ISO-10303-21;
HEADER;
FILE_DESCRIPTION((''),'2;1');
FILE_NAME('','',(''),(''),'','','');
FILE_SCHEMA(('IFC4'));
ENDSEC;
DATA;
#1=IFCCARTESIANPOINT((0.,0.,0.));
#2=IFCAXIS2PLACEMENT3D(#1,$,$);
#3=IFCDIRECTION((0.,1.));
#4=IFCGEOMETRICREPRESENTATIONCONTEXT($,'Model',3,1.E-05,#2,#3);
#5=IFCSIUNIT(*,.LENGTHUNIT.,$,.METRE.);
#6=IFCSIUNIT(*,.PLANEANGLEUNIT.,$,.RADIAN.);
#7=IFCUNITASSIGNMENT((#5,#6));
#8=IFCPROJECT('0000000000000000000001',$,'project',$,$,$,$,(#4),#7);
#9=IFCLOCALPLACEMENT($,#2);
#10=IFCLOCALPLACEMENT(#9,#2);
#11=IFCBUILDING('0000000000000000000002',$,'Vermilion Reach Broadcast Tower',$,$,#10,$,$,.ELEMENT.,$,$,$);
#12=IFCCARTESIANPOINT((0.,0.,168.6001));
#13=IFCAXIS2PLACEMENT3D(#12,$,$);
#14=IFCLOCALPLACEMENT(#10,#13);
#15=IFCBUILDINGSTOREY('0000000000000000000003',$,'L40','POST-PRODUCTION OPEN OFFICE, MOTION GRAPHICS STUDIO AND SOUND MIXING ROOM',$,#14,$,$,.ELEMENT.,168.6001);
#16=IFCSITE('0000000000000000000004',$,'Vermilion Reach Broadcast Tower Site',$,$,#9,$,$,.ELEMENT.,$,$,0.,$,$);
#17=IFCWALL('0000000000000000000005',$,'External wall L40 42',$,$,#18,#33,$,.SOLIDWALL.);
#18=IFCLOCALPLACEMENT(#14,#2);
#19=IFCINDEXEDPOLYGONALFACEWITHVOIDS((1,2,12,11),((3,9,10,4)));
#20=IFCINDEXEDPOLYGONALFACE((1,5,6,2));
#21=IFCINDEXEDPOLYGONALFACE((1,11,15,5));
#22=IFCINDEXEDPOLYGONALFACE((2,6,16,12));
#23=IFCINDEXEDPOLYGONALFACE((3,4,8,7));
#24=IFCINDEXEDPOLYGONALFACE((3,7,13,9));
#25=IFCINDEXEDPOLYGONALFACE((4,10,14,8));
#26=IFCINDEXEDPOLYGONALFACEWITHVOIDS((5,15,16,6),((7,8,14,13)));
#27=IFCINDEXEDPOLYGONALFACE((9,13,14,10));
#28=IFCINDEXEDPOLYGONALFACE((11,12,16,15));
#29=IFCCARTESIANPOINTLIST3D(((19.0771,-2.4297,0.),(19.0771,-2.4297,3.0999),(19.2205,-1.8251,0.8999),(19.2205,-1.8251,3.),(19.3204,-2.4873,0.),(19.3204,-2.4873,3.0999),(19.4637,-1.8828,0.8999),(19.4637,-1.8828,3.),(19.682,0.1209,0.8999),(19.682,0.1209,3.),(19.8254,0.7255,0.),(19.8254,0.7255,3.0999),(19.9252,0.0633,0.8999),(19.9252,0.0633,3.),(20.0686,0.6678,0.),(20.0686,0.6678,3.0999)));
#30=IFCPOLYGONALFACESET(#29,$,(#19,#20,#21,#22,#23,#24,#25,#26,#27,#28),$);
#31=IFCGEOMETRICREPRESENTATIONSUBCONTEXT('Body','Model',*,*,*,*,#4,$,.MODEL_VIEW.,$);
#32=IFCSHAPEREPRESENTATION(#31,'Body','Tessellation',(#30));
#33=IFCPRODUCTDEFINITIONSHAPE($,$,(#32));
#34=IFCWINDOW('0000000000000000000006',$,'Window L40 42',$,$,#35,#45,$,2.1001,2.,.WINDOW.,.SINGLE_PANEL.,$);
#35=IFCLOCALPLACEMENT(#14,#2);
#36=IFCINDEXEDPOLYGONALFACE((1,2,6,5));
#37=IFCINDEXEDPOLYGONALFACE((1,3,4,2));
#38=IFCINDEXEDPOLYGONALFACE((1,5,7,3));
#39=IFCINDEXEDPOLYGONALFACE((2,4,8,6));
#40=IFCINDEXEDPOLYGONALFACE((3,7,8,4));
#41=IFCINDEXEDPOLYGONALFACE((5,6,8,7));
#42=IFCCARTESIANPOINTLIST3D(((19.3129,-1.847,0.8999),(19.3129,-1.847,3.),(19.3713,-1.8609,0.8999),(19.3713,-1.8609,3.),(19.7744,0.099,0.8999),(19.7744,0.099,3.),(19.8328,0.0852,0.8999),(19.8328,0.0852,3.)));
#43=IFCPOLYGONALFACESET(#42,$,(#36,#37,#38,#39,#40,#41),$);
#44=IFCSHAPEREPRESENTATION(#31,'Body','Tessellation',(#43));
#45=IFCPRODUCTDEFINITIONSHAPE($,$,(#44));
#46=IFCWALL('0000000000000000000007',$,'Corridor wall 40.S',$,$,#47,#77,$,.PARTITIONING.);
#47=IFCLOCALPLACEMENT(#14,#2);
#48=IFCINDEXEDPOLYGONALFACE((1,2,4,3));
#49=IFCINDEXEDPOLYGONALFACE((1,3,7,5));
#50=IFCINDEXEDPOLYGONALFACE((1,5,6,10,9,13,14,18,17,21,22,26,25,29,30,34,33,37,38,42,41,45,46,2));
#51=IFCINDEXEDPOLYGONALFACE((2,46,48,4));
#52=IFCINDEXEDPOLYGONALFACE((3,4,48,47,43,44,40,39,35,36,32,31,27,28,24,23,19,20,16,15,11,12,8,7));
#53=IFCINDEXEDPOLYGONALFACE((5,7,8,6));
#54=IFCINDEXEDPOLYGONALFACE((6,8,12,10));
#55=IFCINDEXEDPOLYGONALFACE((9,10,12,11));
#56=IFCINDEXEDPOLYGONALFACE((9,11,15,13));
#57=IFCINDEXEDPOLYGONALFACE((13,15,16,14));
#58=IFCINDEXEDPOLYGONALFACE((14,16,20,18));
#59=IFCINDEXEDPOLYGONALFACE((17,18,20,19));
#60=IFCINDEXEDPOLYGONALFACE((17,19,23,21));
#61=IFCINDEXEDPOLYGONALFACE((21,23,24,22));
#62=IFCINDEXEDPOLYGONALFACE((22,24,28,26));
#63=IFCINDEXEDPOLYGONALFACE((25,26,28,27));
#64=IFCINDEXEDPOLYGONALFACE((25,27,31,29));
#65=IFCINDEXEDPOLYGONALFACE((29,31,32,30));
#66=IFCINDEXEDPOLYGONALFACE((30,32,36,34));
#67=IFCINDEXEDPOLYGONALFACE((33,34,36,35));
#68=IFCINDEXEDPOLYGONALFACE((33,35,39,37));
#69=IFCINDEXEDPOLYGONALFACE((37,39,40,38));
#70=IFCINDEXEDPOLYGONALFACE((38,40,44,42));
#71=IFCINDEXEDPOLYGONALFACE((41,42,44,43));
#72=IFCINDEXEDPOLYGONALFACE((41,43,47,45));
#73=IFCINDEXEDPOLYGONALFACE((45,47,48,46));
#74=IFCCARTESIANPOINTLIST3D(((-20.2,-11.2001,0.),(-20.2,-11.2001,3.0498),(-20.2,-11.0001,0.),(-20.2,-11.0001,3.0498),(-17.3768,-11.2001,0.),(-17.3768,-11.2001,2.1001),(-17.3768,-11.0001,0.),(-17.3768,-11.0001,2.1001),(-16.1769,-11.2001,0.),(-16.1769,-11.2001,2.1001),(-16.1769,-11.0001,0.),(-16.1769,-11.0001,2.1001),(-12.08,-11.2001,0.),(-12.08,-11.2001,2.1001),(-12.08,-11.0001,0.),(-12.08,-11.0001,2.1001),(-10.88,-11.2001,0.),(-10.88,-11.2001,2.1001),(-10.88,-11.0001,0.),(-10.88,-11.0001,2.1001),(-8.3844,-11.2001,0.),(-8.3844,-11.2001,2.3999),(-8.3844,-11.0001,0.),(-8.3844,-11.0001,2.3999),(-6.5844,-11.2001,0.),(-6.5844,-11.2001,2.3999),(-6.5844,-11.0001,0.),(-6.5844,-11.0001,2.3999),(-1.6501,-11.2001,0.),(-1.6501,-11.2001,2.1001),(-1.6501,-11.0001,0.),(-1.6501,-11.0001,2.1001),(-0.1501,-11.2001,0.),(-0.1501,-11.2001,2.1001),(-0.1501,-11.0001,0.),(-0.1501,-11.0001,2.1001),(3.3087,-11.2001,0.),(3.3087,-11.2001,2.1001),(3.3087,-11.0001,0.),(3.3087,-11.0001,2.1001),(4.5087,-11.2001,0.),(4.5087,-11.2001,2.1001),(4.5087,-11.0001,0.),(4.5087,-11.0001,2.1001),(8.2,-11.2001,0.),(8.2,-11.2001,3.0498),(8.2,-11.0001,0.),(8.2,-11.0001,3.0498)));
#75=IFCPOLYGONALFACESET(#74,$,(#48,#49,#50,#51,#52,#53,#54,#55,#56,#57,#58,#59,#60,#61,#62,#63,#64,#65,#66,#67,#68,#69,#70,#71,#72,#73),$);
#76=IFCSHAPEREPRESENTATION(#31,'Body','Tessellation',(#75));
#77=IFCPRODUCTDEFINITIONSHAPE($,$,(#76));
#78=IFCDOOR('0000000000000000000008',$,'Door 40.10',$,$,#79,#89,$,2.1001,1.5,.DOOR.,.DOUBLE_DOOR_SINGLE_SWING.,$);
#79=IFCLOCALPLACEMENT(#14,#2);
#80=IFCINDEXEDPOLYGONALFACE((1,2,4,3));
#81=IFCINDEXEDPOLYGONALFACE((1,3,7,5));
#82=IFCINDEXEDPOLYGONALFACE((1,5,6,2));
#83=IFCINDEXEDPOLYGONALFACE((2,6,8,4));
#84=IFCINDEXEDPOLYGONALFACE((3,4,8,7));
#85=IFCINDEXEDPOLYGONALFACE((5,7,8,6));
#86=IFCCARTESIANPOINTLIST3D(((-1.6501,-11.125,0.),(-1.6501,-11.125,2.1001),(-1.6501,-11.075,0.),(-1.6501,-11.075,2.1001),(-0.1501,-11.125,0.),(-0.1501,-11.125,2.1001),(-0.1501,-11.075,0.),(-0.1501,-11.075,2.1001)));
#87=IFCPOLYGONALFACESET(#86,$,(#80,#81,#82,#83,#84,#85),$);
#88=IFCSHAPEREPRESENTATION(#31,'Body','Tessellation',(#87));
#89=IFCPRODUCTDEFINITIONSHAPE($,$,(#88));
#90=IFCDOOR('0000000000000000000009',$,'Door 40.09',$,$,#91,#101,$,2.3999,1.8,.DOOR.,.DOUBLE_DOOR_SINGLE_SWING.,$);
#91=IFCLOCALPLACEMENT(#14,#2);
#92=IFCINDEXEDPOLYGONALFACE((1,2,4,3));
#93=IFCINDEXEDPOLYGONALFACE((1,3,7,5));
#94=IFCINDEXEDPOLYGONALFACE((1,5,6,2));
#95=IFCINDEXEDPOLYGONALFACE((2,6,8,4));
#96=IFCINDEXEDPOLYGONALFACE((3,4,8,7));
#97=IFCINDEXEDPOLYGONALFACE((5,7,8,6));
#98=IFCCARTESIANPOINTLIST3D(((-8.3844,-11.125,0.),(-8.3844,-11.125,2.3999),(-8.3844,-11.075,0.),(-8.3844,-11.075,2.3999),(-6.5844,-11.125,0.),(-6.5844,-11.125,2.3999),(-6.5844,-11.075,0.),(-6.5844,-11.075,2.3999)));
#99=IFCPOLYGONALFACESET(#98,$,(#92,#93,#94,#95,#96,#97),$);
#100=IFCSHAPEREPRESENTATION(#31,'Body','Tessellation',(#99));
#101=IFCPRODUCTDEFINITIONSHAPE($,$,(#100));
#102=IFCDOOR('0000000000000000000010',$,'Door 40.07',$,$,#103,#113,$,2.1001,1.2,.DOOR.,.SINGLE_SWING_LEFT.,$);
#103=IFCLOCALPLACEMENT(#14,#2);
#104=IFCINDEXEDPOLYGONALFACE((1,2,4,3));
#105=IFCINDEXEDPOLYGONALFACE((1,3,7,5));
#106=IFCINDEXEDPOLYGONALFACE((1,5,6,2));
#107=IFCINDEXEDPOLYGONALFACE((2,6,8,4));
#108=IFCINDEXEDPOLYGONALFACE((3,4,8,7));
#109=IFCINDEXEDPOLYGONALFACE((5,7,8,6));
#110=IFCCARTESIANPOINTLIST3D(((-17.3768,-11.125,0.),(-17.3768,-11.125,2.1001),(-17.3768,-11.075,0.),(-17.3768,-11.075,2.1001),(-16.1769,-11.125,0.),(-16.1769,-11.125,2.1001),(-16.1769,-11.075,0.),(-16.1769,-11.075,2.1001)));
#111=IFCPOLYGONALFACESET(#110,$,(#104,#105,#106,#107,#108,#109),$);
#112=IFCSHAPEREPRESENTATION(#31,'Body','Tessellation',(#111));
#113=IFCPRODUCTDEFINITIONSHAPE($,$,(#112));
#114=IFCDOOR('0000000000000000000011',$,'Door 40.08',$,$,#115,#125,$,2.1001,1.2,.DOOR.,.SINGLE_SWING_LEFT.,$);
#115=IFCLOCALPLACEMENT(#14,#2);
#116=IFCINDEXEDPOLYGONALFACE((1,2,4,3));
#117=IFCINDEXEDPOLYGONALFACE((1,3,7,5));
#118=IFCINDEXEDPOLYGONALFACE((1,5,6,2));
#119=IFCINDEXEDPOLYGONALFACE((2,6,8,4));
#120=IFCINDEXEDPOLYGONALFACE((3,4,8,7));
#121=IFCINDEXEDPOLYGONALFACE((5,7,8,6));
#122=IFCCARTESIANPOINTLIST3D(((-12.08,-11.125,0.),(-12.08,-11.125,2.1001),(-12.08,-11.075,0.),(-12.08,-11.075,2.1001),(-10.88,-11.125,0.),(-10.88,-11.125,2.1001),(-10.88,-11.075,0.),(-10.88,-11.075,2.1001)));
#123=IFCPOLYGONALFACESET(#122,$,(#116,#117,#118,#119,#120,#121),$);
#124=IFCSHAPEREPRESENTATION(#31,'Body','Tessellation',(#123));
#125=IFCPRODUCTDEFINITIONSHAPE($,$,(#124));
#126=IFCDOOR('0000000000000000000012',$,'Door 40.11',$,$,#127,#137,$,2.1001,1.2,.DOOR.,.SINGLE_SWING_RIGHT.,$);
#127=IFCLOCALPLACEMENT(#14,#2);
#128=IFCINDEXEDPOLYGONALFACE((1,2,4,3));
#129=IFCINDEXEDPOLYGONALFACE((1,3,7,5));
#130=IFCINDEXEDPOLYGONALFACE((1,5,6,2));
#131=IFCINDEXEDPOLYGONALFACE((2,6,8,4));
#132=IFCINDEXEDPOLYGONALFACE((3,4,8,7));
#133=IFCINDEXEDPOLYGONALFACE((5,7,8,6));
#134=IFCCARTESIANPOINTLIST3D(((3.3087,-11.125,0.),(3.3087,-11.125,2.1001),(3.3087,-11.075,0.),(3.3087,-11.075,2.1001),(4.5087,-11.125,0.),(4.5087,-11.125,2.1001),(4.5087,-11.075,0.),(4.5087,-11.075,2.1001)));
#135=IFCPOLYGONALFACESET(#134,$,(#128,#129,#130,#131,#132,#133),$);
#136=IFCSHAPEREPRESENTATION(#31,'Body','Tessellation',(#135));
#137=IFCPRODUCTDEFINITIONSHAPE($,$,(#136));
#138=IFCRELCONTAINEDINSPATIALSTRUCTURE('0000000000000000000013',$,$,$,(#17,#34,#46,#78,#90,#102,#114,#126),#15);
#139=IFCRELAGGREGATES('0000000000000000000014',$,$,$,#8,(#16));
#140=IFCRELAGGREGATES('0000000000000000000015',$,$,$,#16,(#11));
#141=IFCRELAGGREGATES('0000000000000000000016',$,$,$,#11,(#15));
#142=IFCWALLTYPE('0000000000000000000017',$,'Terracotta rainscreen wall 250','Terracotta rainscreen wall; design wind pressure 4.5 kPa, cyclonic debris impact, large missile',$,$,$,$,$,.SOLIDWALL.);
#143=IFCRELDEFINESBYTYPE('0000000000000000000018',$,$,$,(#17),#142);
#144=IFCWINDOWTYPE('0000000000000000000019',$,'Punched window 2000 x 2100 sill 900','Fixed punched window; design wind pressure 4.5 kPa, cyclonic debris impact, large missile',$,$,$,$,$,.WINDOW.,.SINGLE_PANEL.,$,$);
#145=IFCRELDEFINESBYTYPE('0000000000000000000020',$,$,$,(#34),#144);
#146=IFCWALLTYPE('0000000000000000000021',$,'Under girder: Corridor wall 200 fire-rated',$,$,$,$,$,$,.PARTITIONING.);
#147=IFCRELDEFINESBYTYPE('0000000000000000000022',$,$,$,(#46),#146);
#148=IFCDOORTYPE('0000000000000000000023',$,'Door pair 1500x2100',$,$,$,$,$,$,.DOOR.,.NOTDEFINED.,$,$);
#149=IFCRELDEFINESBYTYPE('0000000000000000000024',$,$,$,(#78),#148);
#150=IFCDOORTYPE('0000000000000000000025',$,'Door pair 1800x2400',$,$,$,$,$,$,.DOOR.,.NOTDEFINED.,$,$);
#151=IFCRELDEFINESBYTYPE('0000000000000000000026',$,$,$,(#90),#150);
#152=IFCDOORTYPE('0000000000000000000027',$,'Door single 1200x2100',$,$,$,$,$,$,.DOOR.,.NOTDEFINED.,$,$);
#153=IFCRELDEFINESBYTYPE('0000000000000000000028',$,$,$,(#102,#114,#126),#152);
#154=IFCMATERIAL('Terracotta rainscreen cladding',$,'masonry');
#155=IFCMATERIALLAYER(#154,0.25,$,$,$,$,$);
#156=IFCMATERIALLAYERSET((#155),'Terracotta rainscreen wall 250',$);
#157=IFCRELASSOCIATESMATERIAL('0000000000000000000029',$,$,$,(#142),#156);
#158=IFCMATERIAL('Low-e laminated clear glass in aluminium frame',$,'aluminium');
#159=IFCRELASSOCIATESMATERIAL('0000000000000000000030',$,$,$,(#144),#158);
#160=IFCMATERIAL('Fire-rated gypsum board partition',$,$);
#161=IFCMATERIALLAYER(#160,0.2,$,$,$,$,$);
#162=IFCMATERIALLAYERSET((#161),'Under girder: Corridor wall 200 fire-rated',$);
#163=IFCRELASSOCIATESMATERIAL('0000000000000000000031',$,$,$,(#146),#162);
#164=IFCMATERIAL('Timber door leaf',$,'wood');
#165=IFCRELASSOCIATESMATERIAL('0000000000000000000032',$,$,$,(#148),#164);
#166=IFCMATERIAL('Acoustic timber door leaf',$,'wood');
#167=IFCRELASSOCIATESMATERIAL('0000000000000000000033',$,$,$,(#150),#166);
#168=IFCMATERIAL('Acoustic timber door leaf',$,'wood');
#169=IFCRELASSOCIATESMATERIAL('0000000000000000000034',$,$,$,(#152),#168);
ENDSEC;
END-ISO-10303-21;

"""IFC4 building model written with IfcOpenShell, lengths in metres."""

from ifc_helpers import new_model, si_unit, direction, frame, frame_2d, origin, place, context, subcontext, project, spatial, rectangle, extrude, material, layer, layer_set, type_object, element, fill, save


model = new_model("IFC4")

# Units and contexts
model_context = context("Model", 3, precision=1e-05, world=origin(), true_north=direction((0.0, 1.0)))
body_context = subcontext(model_context, "Body", "Model", "MODEL_VIEW")
ifc_project = project(units=[si_unit("LENGTHUNIT", "METRE"), si_unit("PLANEANGLEUNIT", "RADIAN")], contexts=[model_context])

# Site, building, storey
site_placement = place(None, origin())
site = spatial("IfcSite", under=ifc_project, at=site_placement, Name="Vermilion Reach Broadcast Tower Site", CompositionType="ELEMENT", RefElevation=0.0)
building_placement = place(site_placement, origin())
building = spatial("IfcBuilding", under=site, at=building_placement, Name="Vermilion Reach Broadcast Tower", CompositionType="ELEMENT")
storey_placement = place(building_placement, frame((0.0, 0.0, 168.6001)))
storey = spatial("IfcBuildingStorey", under=building, at=storey_placement, Name="L40", Description="POST-PRODUCTION OPEN OFFICE, MOTION GRAPHICS STUDIO AND SOUND MIXING ROOM", CompositionType="ELEMENT", Elevation=168.6001)

# Shared definitions
ifc_material_1 = material(Name="Terracotta rainscreen cladding", Category="masonry")
ifc_layer_1 = layer(ifc_material_1, 0.25)
ifc_layer_set_1 = layer_set([ifc_layer_1], Name="Terracotta rainscreen wall 250")
wall_type_1 = type_object("IfcWallType", Name="Terracotta rainscreen wall 250", Description="Terracotta rainscreen wall; design wind pressure 4.5 kPa, cyclonic debris impact, large missile", PredefinedType="SOLIDWALL", material=ifc_layer_set_1)

# Wall, opening, window
ifc_material_2 = material(Name="Low-e laminated clear glass in aluminium frame", Category="aluminium")
window_type = type_object("IfcWindowType", Name="Punched window 2000 x 2100 sill 900", Description="Fixed punched window; design wind pressure 4.5 kPa, cyclonic debris impact, large missile", PartitioningType="SINGLE_PANEL", PredefinedType="WINDOW", material=ifc_material_2)
wall_1_placement = place(storey_placement, frame((19.1987, -2.4585, 0.0), z_axis=(0.0, 0.0, 1.0), x_axis=(0.230755, 0.973012, 0.0)))
wall_1 = element("IfcWall", 1, at=wall_1_placement, inside=storey, type_object=wall_type_1, Name="External wall L40 42", PredefinedType="SOLIDWALL", context=body_context, shape_type="SweptSolid", body=[
    extrude(rectangle(XDim=3.2427, YDim=0.25, at=frame_2d((1.6213, 0.0))), origin(), (0.0, 0.0, 1.0), 3.0999),
])
opening_1_placement = place(wall_1_placement, frame((0.6213, 0.0, 0.8999)))
opening_1 = element("IfcOpeningElement", 2, at=opening_1_placement, cuts=wall_1, PredefinedType="OPENING", context=body_context, shape_type="SweptSolid", body=[
    extrude(rectangle(XDim=2.0, YDim=2.1001, at=frame_2d((1.0, 1.05))), frame((0.0, 0.135, 0.0), z_axis=(0.0, -1.0, 0.0), x_axis=(1.0, 0.0, 0.0)), (0.0, 0.0, 1.0), 0.27),
])
window_1_placement = place(opening_1_placement, origin())
window_1 = element("IfcWindow", 3, at=window_1_placement, inside=storey, type_object=window_type, Name="Window L40 42", OverallHeight=2.1001, OverallWidth=2.0, PartitioningType="SINGLE_PANEL", PredefinedType="WINDOW", context=body_context, shape_type="SweptSolid", body=[
    extrude(rectangle(XDim=2.0, YDim=2.1001, at=frame_2d((1.0, 1.05))), frame((0.0, 0.03, 0.0), z_axis=(0.0, -1.0, 0.0), x_axis=(1.0, 0.0, 0.0)), (0.0, 0.0, 1.0), 0.0601),
])
fill(opening_1, window_1)

# Wall, openings, doors
ifc_material_3 = material(Name="Fire-rated gypsum board partition")
ifc_layer_2 = layer(ifc_material_3, 0.2)
ifc_layer_set_2 = layer_set([ifc_layer_2], Name="Under girder: Corridor wall 200 fire-rated")
wall_type_2 = type_object("IfcWallType", Name="Under girder: Corridor wall 200 fire-rated", PredefinedType="PARTITIONING", material=ifc_layer_set_2)
wall_2_placement = place(storey_placement, frame((8.2, -11.1001, 0.0), z_axis=(0.0, 0.0, 1.0), x_axis=(-1.0, 0.0, 0.0)))
wall_2 = element("IfcWall", 4, at=wall_2_placement, inside=storey, type_object=wall_type_2, Name="Corridor wall 40.S", PredefinedType="PARTITIONING", context=body_context, shape_type="SweptSolid", body=[
    extrude(rectangle(XDim=28.3999, YDim=0.2, at=frame_2d((14.2, 0.0))), origin(), (0.0, 0.0, 1.0), 3.0498),
])
opening_2_placement = place(wall_2_placement, frame((24.3767, 0.0, 0.0)))
opening_2 = element("IfcOpeningElement", 5, at=opening_2_placement, cuts=wall_2, PredefinedType="OPENING", context=body_context, shape_type="SweptSolid", body=[
    extrude(rectangle(XDim=1.2, YDim=2.1001, at=frame_2d((0.6001, 1.05))), frame((0.0, 0.1099, 0.0), z_axis=(0.0, -1.0, 0.0), x_axis=(1.0, 0.0, 0.0)), (0.0, 0.0, 1.0), 0.22),
])
opening_3_placement = place(wall_2_placement, frame((19.0798, 0.0, 0.0)))
opening_3 = element("IfcOpeningElement", 6, at=opening_3_placement, cuts=wall_2, PredefinedType="OPENING", context=body_context, shape_type="SweptSolid", body=[
    extrude(rectangle(XDim=1.2, YDim=2.1001, at=frame_2d((0.6001, 1.05))), frame((0.0, 0.1099, 0.0), z_axis=(0.0, -1.0, 0.0), x_axis=(1.0, 0.0, 0.0)), (0.0, 0.0, 1.0), 0.22),
])
opening_4_placement = place(wall_2_placement, frame((14.7844, 0.0, 0.0)))
opening_4 = element("IfcOpeningElement", 7, at=opening_4_placement, cuts=wall_2, PredefinedType="OPENING", context=body_context, shape_type="SweptSolid", body=[
    extrude(rectangle(XDim=1.8, YDim=2.3999, at=frame_2d((0.8999, 1.2))), frame((0.0, 0.1099, 0.0), z_axis=(0.0, -1.0, 0.0), x_axis=(1.0, 0.0, 0.0)), (0.0, 0.0, 1.0), 0.22),
])
opening_5_placement = place(wall_2_placement, frame((8.3501, 0.0, 0.0)))
opening_5 = element("IfcOpeningElement", 8, at=opening_5_placement, cuts=wall_2, PredefinedType="OPENING", context=body_context, shape_type="SweptSolid", body=[
    extrude(rectangle(XDim=1.5, YDim=2.1001, at=frame_2d((0.75, 1.05))), frame((0.0, 0.1099, 0.0), z_axis=(0.0, -1.0, 0.0), x_axis=(1.0, 0.0, 0.0)), (0.0, 0.0, 1.0), 0.22),
])
opening_6_placement = place(wall_2_placement, frame((3.6912, 0.0, 0.0)))
opening_6 = element("IfcOpeningElement", 9, at=opening_6_placement, cuts=wall_2, PredefinedType="OPENING", context=body_context, shape_type="SweptSolid", body=[
    extrude(rectangle(XDim=1.2, YDim=2.1001, at=frame_2d((0.6001, 1.05))), frame((0.0, 0.1099, 0.0), z_axis=(0.0, -1.0, 0.0), x_axis=(1.0, 0.0, 0.0)), (0.0, 0.0, 1.0), 0.22),
])
ifc_material_4 = material(Name="Timber door leaf", Category="wood")
door_type_1 = type_object("IfcDoorType", Name="Door pair 1500x2100", OperationType="NOTDEFINED", PredefinedType="DOOR", material=ifc_material_4)
door_1_placement = place(opening_5_placement, origin())
door_1 = element("IfcDoor", 10, at=door_1_placement, inside=storey, type_object=door_type_1, Name="Door 40.10", OperationType="DOUBLE_DOOR_SINGLE_SWING", OverallHeight=2.1001, OverallWidth=1.5, PredefinedType="DOOR", context=body_context, shape_type="SweptSolid", body=[
    extrude(rectangle(XDim=1.5, YDim=2.1001, at=frame_2d((0.75, 1.05))), frame((0.0, 0.0249, 0.0), z_axis=(0.0, -1.0, 0.0), x_axis=(1.0, 0.0, 0.0)), (0.0, 0.0, 1.0), 0.05),
])
fill(opening_5, door_1)
ifc_material_5 = material(Name="Acoustic timber door leaf", Category="wood")
door_type_2 = type_object("IfcDoorType", Name="Door pair 1800x2400", OperationType="NOTDEFINED", PredefinedType="DOOR", material=ifc_material_5)
door_2_placement = place(opening_4_placement, origin())
door_2 = element("IfcDoor", 11, at=door_2_placement, inside=storey, type_object=door_type_2, Name="Door 40.09", OperationType="DOUBLE_DOOR_SINGLE_SWING", OverallHeight=2.3999, OverallWidth=1.8, PredefinedType="DOOR", context=body_context, shape_type="SweptSolid", body=[
    extrude(rectangle(XDim=1.8, YDim=2.3999, at=frame_2d((0.8999, 1.2))), frame((0.0, 0.0249, 0.0), z_axis=(0.0, -1.0, 0.0), x_axis=(1.0, 0.0, 0.0)), (0.0, 0.0, 1.0), 0.05),
])
fill(opening_4, door_2)
ifc_material_6 = material(Name="Acoustic timber door leaf", Category="wood")
door_type_3 = type_object("IfcDoorType", Name="Door single 1200x2100", OperationType="NOTDEFINED", PredefinedType="DOOR", material=ifc_material_6)
door_3_placement = place(opening_2_placement, origin())
door_3 = element("IfcDoor", 12, at=door_3_placement, inside=storey, type_object=door_type_3, Name="Door 40.07", OperationType="SINGLE_SWING_LEFT", OverallHeight=2.1001, OverallWidth=1.2, PredefinedType="DOOR", context=body_context, shape_type="SweptSolid", body=[
    extrude(rectangle(XDim=1.2, YDim=2.1001, at=frame_2d((0.6001, 1.05))), frame((0.0, 0.0249, 0.0), z_axis=(0.0, -1.0, 0.0), x_axis=(1.0, 0.0, 0.0)), (0.0, 0.0, 1.0), 0.05),
])
fill(opening_2, door_3)
door_4_placement = place(opening_3_placement, origin())
door_4 = element("IfcDoor", 13, at=door_4_placement, inside=storey, type_object=door_type_3, Name="Door 40.08", OperationType="SINGLE_SWING_LEFT", OverallHeight=2.1001, OverallWidth=1.2, PredefinedType="DOOR", context=body_context, shape_type="SweptSolid", body=[
    extrude(rectangle(XDim=1.2, YDim=2.1001, at=frame_2d((0.6001, 1.05))), frame((0.0, 0.0249, 0.0), z_axis=(0.0, -1.0, 0.0), x_axis=(1.0, 0.0, 0.0)), (0.0, 0.0, 1.0), 0.05),
])
fill(opening_3, door_4)
door_5_placement = place(opening_6_placement, origin())
door_5 = element("IfcDoor", 14, at=door_5_placement, inside=storey, type_object=door_type_3, Name="Door 40.11", OperationType="SINGLE_SWING_RIGHT", OverallHeight=2.1001, OverallWidth=1.2, PredefinedType="DOOR", context=body_context, shape_type="SweptSolid", body=[
    extrude(rectangle(XDim=1.2, YDim=2.1001, at=frame_2d((0.6001, 1.05))), frame((0.0, 0.0249, 0.0), z_axis=(0.0, -1.0, 0.0), x_axis=(1.0, 0.0, 0.0)), (0.0, 0.0, 1.0), 0.05),
])
fill(opening_6, door_5)

save(model, "model.ifc")
